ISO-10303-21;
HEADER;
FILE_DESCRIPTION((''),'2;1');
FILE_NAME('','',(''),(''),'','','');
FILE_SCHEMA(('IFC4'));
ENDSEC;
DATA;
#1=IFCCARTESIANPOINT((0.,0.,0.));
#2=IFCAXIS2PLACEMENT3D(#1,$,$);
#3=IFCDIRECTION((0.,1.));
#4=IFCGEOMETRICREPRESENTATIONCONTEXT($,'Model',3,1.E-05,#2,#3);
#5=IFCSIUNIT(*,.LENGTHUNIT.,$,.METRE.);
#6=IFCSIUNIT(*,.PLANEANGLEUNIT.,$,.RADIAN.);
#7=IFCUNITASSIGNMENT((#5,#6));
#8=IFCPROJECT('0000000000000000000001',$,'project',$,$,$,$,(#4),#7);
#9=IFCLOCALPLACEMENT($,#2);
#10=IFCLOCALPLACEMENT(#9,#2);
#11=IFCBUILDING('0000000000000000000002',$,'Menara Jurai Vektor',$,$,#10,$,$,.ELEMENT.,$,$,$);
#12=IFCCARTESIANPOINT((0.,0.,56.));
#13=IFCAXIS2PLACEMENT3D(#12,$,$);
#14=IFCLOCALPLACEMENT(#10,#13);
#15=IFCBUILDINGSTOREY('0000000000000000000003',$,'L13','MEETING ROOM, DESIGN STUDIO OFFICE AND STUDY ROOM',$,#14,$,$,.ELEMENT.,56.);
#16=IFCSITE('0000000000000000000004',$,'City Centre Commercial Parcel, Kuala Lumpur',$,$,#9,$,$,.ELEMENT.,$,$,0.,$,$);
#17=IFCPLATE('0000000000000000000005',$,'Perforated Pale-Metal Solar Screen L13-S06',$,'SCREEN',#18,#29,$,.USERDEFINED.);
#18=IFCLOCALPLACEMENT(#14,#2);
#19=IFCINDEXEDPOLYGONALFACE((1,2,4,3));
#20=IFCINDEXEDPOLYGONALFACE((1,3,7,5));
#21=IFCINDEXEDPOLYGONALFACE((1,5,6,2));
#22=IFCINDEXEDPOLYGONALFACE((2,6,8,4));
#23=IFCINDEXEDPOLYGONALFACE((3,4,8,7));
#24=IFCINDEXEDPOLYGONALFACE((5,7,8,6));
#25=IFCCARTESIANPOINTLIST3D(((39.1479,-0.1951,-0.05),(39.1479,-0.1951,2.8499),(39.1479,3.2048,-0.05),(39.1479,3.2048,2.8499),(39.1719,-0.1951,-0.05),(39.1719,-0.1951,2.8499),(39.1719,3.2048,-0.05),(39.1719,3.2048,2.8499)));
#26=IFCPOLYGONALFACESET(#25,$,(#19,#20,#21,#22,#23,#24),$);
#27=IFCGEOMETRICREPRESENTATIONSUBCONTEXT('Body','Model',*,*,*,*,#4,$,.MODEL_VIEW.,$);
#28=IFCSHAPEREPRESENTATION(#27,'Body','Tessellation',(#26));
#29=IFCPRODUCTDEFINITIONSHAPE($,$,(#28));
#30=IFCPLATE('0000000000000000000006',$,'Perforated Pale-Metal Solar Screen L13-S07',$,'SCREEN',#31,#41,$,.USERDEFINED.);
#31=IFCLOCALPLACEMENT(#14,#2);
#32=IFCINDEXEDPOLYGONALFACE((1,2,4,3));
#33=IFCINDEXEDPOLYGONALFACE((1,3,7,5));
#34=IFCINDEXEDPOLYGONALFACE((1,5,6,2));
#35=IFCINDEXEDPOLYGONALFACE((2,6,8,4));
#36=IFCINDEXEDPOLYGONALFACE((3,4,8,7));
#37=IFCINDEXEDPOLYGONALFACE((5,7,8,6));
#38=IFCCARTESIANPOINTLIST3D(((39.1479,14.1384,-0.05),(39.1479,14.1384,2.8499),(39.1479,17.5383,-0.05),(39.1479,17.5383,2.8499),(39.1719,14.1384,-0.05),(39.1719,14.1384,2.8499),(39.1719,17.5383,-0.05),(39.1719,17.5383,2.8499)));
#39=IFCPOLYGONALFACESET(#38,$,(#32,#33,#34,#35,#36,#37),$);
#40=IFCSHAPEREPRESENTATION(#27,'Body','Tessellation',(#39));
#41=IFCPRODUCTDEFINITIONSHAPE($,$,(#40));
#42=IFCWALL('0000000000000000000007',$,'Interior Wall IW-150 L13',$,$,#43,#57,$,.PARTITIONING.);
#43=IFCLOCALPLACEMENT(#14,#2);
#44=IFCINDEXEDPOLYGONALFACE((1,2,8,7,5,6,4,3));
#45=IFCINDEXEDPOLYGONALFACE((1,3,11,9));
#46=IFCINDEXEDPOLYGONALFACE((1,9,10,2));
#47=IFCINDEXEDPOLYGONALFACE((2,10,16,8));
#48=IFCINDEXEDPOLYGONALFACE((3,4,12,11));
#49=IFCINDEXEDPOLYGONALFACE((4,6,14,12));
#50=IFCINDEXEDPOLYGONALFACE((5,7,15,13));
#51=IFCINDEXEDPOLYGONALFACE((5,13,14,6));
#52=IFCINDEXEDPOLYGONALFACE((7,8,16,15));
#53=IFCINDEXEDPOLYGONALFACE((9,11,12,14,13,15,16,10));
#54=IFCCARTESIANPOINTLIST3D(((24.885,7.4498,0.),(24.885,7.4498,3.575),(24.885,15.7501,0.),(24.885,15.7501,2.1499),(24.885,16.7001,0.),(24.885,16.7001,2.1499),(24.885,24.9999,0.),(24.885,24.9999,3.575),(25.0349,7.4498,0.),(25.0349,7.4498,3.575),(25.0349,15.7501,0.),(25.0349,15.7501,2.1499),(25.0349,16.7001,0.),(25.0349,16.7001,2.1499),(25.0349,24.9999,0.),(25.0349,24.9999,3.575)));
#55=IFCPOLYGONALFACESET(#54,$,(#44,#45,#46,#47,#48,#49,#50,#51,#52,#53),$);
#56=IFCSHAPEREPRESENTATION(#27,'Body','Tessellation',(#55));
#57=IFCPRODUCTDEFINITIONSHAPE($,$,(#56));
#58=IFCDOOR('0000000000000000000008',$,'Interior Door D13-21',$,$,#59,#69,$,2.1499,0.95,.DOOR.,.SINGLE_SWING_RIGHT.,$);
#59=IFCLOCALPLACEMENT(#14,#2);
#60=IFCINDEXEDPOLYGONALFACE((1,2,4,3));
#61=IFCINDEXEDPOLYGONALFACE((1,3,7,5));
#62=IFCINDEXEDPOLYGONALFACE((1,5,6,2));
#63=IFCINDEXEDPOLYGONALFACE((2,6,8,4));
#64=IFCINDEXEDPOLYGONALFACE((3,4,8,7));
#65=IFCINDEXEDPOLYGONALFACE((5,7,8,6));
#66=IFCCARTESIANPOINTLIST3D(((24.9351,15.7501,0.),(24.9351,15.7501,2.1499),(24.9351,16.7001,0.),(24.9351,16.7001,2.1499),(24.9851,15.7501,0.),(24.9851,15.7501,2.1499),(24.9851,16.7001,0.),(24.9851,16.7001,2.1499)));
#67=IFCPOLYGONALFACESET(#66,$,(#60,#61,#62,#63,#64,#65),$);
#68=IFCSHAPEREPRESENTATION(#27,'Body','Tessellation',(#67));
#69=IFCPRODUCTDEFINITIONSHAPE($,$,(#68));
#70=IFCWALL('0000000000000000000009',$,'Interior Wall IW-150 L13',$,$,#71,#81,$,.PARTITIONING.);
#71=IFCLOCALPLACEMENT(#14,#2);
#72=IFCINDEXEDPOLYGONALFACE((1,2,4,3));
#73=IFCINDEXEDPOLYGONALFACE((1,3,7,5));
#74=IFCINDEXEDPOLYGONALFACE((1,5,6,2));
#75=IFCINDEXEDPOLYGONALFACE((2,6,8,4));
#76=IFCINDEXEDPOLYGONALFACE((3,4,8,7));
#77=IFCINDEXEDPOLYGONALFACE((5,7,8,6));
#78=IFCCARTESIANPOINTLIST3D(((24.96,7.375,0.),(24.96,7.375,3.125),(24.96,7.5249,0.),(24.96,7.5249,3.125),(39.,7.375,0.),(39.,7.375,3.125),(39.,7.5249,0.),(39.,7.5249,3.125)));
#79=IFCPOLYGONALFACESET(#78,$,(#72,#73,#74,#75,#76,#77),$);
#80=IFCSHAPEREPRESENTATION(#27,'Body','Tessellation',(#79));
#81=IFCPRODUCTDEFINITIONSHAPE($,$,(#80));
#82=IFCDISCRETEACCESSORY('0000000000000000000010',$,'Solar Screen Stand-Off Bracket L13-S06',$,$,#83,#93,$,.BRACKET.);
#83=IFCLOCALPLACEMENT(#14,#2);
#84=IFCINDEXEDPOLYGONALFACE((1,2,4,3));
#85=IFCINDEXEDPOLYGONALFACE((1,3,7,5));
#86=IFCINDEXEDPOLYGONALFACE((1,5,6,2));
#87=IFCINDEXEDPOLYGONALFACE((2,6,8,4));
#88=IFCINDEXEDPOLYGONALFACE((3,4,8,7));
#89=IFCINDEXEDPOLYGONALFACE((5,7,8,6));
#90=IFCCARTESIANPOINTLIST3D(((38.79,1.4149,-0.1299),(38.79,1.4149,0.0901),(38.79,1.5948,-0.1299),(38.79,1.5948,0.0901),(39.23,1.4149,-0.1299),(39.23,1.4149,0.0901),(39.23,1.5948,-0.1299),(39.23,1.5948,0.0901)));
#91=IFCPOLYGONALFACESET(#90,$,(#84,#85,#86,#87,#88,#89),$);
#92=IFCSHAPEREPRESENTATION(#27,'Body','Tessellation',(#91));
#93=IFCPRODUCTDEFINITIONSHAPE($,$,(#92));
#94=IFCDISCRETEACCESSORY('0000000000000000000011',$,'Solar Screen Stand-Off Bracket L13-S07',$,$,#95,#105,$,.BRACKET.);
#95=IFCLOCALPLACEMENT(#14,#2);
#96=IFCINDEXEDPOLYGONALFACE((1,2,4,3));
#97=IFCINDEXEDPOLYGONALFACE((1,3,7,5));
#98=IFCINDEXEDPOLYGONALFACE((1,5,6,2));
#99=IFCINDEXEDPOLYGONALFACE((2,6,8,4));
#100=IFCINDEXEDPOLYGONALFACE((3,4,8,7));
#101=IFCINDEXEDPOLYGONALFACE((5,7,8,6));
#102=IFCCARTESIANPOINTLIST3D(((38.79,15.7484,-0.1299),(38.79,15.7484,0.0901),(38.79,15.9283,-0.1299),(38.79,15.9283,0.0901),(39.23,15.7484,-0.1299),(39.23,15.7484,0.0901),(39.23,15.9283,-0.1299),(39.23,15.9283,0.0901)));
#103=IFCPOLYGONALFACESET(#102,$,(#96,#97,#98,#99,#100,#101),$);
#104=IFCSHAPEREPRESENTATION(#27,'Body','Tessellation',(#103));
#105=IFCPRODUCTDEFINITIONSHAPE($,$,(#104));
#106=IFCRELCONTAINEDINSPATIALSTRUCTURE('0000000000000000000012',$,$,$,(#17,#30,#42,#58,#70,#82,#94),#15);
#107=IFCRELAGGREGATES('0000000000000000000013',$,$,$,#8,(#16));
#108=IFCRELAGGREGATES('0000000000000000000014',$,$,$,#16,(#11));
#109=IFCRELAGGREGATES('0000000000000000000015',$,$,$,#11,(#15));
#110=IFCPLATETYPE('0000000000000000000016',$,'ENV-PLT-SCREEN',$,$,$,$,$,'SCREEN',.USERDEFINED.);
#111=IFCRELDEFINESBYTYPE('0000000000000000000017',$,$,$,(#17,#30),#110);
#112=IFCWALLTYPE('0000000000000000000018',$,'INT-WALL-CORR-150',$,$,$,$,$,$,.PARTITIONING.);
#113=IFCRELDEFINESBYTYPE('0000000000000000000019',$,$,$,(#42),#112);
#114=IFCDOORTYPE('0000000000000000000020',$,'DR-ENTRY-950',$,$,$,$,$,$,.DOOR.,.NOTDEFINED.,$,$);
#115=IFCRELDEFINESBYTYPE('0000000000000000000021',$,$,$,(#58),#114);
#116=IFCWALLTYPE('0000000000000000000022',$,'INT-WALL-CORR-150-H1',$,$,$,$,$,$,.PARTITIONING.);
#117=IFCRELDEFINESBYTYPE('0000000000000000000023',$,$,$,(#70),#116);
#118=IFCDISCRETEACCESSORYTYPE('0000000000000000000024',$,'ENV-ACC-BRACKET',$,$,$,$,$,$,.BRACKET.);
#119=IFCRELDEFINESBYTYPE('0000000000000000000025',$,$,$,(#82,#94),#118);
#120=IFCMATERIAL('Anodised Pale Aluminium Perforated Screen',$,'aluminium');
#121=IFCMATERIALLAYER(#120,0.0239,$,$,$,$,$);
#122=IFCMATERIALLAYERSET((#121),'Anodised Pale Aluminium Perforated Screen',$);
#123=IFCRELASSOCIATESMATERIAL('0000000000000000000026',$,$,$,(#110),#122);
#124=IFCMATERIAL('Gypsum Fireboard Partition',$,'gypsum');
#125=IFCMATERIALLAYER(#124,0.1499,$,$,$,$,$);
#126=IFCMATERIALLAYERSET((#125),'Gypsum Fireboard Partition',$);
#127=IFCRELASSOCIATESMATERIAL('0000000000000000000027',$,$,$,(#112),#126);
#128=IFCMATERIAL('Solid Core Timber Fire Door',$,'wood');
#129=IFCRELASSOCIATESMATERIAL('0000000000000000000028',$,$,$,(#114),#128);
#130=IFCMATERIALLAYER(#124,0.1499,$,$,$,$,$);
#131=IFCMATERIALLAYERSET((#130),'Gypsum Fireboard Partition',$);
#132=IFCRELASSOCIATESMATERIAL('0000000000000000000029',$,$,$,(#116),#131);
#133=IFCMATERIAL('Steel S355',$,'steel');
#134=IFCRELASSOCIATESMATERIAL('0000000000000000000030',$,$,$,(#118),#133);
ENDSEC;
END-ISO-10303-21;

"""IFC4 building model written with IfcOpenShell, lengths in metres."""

from ifc_helpers import new_model, si_unit, direction, frame, frame_2d, origin, origin_2d, place, context, subcontext, project, spatial, rectangle, extrude, material, layer, layer_set, type_object, element, fill, save


model = new_model("IFC4")

# Units and contexts
model_context = context("Model", 3, precision=1e-05, world=origin(), true_north=direction((0.0, 1.0)))
body_context = subcontext(model_context, "Body", "Model", "MODEL_VIEW")
ifc_project = project(units=[si_unit("LENGTHUNIT", "METRE"), si_unit("PLANEANGLEUNIT", "RADIAN")], contexts=[model_context])

# Site, building, storey
site_placement = place(None, origin())
site = spatial("IfcSite", under=ifc_project, at=site_placement, Name="City Centre Commercial Parcel, Kuala Lumpur", CompositionType="ELEMENT", RefElevation=0.0)
building_placement = place(site_placement, origin())
building = spatial("IfcBuilding", under=site, at=building_placement, Name="Menara Jurai Vektor", CompositionType="ELEMENT")
storey_placement = place(building_placement, frame((0.0, 0.0, 56.0)))
storey = spatial("IfcBuildingStorey", under=building, at=storey_placement, Name="L13", Description="MEETING ROOM, DESIGN STUDIO OFFICE AND STUDY ROOM", CompositionType="ELEMENT", Elevation=56.0)

# Shared definitions
ifc_material_1 = material(Name="Steel S355", Category="steel")

# Plates
ifc_material_2 = material(Name="Anodised Pale Aluminium Perforated Screen", Category="aluminium")
ifc_layer_1 = layer(ifc_material_2, 0.0239)
ifc_layer_set_1 = layer_set([ifc_layer_1], Name="Anodised Pale Aluminium Perforated Screen")
plate_type_1 = type_object("IfcPlateType", Name="ENV-PLT-SCREEN", ElementType="SCREEN", PredefinedType="USERDEFINED", material=ifc_layer_set_1)
for number, where, z_axis, x_axis, name in (
    (1, (39.1599, 1.5049, -0.05), (0.0, 0.0, 1.0), (0.0, 1.0, 0.0), "Perforated Pale-Metal Solar Screen L13-S06"),
    (2, (39.1599, 15.8384, -0.05), (0.0, 0.0, 1.0), (0.0, 1.0, 0.0), "Perforated Pale-Metal Solar Screen L13-S07"),
):
    element("IfcPlate", number, at=place(storey_placement, frame(where, z_axis=z_axis, x_axis=x_axis)), inside=storey, type_object=plate_type_1, Name=name, ObjectType="SCREEN", PredefinedType="USERDEFINED", context=body_context, shape_type="SweptSolid", body=[
        extrude(rectangle(XDim=3.3999, YDim=0.0239, at=origin_2d()), origin(), (0.0, 0.0, 1.0), 2.8999),
    ])

# Wall, opening, door
ifc_material_3 = material(Name="Gypsum Fireboard Partition", Category="gypsum")
ifc_layer_2 = layer(ifc_material_3, 0.1499)
ifc_layer_set_2 = layer_set([ifc_layer_2], Name="Gypsum Fireboard Partition")
wall_type_1 = type_object("IfcWallType", Name="INT-WALL-CORR-150", PredefinedType="PARTITIONING", material=ifc_layer_set_2)
wall_1_placement = place(storey_placement, frame((24.96, 7.45, 0.0), z_axis=(0.0, 0.0, 1.0), x_axis=(0.0, 1.0, 0.0)))
wall_1 = element("IfcWall", 3, at=wall_1_placement, inside=storey, type_object=wall_type_1, Name="Interior Wall IW-150 L13", PredefinedType="PARTITIONING", context=body_context, shape_type="SweptSolid", body=[
    extrude(rectangle(XDim=17.55, YDim=0.1499, at=frame_2d((8.7749, 0.0))), origin(), (0.0, 0.0, 1.0), 3.575),
])
opening_placement = place(wall_1_placement, frame((8.3, 0.0, 0.0)))
opening = element("IfcOpeningElement", 4, at=opening_placement, cuts=wall_1, PredefinedType="OPENING", context=body_context, shape_type="SweptSolid", body=[
    extrude(rectangle(XDim=0.95, YDim=2.1499, at=frame_2d((0.4751, 1.075))), frame((0.0, 0.085, 0.0), z_axis=(0.0, -1.0, 0.0), x_axis=(1.0, 0.0, 0.0)), (0.0, 0.0, 1.0), 0.1699),
])
ifc_material_4 = material(Name="Solid Core Timber Fire Door", Category="wood")
door_type = type_object("IfcDoorType", Name="DR-ENTRY-950", OperationType="NOTDEFINED", PredefinedType="DOOR", material=ifc_material_4)
door_placement = place(opening_placement, origin())
door = element("IfcDoor", 5, at=door_placement, inside=storey, type_object=door_type, Name="Interior Door D13-21", OperationType="SINGLE_SWING_RIGHT", OverallHeight=2.1499, OverallWidth=0.95, PredefinedType="DOOR", context=body_context, shape_type="SweptSolid", body=[
    extrude(rectangle(XDim=0.95, YDim=2.1499, at=frame_2d((0.4751, 1.075))), frame((0.0, 0.0249, 0.0), z_axis=(0.0, -1.0, 0.0), x_axis=(1.0, 0.0, 0.0)), (0.0, 0.0, 1.0), 0.05),
])
fill(opening, door)

# Wall
ifc_layer_3 = layer(ifc_material_3, 0.1499)
ifc_layer_set_3 = layer_set([ifc_layer_3], Name="Gypsum Fireboard Partition")
wall_type_2 = type_object("IfcWallType", Name="INT-WALL-CORR-150-H1", PredefinedType="PARTITIONING", material=ifc_layer_set_3)
wall_2_placement = place(storey_placement, frame((24.96, 7.45, 0.0), z_axis=(0.0, 0.0, 1.0), x_axis=(1.0, 0.0, 0.0)))
element("IfcWall", 6, at=wall_2_placement, inside=storey, type_object=wall_type_2, Name="Interior Wall IW-150 L13", PredefinedType="PARTITIONING", context=body_context, shape_type="SweptSolid", body=[
    extrude(rectangle(XDim=14.04, YDim=0.1499, at=frame_2d((7.02, 0.0))), origin(), (0.0, 0.0, 1.0), 3.125),
])

# Discrete accessories
discrete_accessory_type = type_object("IfcDiscreteAccessoryType", Name="ENV-ACC-BRACKET", PredefinedType="BRACKET", material=ifc_material_1)
for number, where, z_axis, x_axis, name in (
    (7, (39.01, 1.5049, -0.1299), (0.0, 0.0, 1.0), (0.0, 1.0, 0.0), "Solar Screen Stand-Off Bracket L13-S06"),
    (8, (39.01, 15.8384, -0.1299), (0.0, 0.0, 1.0), (0.0, 1.0, 0.0), "Solar Screen Stand-Off Bracket L13-S07"),
):
    element("IfcDiscreteAccessory", number, at=place(storey_placement, frame(where, z_axis=z_axis, x_axis=x_axis)), inside=storey, type_object=discrete_accessory_type, Name=name, PredefinedType="BRACKET", context=body_context, shape_type="SweptSolid", body=[
        extrude(rectangle(XDim=0.1799, YDim=0.4399, at=origin_2d()), origin(), (0.0, 0.0, 1.0), 0.22),
    ])

save(model, "model.ifc")
